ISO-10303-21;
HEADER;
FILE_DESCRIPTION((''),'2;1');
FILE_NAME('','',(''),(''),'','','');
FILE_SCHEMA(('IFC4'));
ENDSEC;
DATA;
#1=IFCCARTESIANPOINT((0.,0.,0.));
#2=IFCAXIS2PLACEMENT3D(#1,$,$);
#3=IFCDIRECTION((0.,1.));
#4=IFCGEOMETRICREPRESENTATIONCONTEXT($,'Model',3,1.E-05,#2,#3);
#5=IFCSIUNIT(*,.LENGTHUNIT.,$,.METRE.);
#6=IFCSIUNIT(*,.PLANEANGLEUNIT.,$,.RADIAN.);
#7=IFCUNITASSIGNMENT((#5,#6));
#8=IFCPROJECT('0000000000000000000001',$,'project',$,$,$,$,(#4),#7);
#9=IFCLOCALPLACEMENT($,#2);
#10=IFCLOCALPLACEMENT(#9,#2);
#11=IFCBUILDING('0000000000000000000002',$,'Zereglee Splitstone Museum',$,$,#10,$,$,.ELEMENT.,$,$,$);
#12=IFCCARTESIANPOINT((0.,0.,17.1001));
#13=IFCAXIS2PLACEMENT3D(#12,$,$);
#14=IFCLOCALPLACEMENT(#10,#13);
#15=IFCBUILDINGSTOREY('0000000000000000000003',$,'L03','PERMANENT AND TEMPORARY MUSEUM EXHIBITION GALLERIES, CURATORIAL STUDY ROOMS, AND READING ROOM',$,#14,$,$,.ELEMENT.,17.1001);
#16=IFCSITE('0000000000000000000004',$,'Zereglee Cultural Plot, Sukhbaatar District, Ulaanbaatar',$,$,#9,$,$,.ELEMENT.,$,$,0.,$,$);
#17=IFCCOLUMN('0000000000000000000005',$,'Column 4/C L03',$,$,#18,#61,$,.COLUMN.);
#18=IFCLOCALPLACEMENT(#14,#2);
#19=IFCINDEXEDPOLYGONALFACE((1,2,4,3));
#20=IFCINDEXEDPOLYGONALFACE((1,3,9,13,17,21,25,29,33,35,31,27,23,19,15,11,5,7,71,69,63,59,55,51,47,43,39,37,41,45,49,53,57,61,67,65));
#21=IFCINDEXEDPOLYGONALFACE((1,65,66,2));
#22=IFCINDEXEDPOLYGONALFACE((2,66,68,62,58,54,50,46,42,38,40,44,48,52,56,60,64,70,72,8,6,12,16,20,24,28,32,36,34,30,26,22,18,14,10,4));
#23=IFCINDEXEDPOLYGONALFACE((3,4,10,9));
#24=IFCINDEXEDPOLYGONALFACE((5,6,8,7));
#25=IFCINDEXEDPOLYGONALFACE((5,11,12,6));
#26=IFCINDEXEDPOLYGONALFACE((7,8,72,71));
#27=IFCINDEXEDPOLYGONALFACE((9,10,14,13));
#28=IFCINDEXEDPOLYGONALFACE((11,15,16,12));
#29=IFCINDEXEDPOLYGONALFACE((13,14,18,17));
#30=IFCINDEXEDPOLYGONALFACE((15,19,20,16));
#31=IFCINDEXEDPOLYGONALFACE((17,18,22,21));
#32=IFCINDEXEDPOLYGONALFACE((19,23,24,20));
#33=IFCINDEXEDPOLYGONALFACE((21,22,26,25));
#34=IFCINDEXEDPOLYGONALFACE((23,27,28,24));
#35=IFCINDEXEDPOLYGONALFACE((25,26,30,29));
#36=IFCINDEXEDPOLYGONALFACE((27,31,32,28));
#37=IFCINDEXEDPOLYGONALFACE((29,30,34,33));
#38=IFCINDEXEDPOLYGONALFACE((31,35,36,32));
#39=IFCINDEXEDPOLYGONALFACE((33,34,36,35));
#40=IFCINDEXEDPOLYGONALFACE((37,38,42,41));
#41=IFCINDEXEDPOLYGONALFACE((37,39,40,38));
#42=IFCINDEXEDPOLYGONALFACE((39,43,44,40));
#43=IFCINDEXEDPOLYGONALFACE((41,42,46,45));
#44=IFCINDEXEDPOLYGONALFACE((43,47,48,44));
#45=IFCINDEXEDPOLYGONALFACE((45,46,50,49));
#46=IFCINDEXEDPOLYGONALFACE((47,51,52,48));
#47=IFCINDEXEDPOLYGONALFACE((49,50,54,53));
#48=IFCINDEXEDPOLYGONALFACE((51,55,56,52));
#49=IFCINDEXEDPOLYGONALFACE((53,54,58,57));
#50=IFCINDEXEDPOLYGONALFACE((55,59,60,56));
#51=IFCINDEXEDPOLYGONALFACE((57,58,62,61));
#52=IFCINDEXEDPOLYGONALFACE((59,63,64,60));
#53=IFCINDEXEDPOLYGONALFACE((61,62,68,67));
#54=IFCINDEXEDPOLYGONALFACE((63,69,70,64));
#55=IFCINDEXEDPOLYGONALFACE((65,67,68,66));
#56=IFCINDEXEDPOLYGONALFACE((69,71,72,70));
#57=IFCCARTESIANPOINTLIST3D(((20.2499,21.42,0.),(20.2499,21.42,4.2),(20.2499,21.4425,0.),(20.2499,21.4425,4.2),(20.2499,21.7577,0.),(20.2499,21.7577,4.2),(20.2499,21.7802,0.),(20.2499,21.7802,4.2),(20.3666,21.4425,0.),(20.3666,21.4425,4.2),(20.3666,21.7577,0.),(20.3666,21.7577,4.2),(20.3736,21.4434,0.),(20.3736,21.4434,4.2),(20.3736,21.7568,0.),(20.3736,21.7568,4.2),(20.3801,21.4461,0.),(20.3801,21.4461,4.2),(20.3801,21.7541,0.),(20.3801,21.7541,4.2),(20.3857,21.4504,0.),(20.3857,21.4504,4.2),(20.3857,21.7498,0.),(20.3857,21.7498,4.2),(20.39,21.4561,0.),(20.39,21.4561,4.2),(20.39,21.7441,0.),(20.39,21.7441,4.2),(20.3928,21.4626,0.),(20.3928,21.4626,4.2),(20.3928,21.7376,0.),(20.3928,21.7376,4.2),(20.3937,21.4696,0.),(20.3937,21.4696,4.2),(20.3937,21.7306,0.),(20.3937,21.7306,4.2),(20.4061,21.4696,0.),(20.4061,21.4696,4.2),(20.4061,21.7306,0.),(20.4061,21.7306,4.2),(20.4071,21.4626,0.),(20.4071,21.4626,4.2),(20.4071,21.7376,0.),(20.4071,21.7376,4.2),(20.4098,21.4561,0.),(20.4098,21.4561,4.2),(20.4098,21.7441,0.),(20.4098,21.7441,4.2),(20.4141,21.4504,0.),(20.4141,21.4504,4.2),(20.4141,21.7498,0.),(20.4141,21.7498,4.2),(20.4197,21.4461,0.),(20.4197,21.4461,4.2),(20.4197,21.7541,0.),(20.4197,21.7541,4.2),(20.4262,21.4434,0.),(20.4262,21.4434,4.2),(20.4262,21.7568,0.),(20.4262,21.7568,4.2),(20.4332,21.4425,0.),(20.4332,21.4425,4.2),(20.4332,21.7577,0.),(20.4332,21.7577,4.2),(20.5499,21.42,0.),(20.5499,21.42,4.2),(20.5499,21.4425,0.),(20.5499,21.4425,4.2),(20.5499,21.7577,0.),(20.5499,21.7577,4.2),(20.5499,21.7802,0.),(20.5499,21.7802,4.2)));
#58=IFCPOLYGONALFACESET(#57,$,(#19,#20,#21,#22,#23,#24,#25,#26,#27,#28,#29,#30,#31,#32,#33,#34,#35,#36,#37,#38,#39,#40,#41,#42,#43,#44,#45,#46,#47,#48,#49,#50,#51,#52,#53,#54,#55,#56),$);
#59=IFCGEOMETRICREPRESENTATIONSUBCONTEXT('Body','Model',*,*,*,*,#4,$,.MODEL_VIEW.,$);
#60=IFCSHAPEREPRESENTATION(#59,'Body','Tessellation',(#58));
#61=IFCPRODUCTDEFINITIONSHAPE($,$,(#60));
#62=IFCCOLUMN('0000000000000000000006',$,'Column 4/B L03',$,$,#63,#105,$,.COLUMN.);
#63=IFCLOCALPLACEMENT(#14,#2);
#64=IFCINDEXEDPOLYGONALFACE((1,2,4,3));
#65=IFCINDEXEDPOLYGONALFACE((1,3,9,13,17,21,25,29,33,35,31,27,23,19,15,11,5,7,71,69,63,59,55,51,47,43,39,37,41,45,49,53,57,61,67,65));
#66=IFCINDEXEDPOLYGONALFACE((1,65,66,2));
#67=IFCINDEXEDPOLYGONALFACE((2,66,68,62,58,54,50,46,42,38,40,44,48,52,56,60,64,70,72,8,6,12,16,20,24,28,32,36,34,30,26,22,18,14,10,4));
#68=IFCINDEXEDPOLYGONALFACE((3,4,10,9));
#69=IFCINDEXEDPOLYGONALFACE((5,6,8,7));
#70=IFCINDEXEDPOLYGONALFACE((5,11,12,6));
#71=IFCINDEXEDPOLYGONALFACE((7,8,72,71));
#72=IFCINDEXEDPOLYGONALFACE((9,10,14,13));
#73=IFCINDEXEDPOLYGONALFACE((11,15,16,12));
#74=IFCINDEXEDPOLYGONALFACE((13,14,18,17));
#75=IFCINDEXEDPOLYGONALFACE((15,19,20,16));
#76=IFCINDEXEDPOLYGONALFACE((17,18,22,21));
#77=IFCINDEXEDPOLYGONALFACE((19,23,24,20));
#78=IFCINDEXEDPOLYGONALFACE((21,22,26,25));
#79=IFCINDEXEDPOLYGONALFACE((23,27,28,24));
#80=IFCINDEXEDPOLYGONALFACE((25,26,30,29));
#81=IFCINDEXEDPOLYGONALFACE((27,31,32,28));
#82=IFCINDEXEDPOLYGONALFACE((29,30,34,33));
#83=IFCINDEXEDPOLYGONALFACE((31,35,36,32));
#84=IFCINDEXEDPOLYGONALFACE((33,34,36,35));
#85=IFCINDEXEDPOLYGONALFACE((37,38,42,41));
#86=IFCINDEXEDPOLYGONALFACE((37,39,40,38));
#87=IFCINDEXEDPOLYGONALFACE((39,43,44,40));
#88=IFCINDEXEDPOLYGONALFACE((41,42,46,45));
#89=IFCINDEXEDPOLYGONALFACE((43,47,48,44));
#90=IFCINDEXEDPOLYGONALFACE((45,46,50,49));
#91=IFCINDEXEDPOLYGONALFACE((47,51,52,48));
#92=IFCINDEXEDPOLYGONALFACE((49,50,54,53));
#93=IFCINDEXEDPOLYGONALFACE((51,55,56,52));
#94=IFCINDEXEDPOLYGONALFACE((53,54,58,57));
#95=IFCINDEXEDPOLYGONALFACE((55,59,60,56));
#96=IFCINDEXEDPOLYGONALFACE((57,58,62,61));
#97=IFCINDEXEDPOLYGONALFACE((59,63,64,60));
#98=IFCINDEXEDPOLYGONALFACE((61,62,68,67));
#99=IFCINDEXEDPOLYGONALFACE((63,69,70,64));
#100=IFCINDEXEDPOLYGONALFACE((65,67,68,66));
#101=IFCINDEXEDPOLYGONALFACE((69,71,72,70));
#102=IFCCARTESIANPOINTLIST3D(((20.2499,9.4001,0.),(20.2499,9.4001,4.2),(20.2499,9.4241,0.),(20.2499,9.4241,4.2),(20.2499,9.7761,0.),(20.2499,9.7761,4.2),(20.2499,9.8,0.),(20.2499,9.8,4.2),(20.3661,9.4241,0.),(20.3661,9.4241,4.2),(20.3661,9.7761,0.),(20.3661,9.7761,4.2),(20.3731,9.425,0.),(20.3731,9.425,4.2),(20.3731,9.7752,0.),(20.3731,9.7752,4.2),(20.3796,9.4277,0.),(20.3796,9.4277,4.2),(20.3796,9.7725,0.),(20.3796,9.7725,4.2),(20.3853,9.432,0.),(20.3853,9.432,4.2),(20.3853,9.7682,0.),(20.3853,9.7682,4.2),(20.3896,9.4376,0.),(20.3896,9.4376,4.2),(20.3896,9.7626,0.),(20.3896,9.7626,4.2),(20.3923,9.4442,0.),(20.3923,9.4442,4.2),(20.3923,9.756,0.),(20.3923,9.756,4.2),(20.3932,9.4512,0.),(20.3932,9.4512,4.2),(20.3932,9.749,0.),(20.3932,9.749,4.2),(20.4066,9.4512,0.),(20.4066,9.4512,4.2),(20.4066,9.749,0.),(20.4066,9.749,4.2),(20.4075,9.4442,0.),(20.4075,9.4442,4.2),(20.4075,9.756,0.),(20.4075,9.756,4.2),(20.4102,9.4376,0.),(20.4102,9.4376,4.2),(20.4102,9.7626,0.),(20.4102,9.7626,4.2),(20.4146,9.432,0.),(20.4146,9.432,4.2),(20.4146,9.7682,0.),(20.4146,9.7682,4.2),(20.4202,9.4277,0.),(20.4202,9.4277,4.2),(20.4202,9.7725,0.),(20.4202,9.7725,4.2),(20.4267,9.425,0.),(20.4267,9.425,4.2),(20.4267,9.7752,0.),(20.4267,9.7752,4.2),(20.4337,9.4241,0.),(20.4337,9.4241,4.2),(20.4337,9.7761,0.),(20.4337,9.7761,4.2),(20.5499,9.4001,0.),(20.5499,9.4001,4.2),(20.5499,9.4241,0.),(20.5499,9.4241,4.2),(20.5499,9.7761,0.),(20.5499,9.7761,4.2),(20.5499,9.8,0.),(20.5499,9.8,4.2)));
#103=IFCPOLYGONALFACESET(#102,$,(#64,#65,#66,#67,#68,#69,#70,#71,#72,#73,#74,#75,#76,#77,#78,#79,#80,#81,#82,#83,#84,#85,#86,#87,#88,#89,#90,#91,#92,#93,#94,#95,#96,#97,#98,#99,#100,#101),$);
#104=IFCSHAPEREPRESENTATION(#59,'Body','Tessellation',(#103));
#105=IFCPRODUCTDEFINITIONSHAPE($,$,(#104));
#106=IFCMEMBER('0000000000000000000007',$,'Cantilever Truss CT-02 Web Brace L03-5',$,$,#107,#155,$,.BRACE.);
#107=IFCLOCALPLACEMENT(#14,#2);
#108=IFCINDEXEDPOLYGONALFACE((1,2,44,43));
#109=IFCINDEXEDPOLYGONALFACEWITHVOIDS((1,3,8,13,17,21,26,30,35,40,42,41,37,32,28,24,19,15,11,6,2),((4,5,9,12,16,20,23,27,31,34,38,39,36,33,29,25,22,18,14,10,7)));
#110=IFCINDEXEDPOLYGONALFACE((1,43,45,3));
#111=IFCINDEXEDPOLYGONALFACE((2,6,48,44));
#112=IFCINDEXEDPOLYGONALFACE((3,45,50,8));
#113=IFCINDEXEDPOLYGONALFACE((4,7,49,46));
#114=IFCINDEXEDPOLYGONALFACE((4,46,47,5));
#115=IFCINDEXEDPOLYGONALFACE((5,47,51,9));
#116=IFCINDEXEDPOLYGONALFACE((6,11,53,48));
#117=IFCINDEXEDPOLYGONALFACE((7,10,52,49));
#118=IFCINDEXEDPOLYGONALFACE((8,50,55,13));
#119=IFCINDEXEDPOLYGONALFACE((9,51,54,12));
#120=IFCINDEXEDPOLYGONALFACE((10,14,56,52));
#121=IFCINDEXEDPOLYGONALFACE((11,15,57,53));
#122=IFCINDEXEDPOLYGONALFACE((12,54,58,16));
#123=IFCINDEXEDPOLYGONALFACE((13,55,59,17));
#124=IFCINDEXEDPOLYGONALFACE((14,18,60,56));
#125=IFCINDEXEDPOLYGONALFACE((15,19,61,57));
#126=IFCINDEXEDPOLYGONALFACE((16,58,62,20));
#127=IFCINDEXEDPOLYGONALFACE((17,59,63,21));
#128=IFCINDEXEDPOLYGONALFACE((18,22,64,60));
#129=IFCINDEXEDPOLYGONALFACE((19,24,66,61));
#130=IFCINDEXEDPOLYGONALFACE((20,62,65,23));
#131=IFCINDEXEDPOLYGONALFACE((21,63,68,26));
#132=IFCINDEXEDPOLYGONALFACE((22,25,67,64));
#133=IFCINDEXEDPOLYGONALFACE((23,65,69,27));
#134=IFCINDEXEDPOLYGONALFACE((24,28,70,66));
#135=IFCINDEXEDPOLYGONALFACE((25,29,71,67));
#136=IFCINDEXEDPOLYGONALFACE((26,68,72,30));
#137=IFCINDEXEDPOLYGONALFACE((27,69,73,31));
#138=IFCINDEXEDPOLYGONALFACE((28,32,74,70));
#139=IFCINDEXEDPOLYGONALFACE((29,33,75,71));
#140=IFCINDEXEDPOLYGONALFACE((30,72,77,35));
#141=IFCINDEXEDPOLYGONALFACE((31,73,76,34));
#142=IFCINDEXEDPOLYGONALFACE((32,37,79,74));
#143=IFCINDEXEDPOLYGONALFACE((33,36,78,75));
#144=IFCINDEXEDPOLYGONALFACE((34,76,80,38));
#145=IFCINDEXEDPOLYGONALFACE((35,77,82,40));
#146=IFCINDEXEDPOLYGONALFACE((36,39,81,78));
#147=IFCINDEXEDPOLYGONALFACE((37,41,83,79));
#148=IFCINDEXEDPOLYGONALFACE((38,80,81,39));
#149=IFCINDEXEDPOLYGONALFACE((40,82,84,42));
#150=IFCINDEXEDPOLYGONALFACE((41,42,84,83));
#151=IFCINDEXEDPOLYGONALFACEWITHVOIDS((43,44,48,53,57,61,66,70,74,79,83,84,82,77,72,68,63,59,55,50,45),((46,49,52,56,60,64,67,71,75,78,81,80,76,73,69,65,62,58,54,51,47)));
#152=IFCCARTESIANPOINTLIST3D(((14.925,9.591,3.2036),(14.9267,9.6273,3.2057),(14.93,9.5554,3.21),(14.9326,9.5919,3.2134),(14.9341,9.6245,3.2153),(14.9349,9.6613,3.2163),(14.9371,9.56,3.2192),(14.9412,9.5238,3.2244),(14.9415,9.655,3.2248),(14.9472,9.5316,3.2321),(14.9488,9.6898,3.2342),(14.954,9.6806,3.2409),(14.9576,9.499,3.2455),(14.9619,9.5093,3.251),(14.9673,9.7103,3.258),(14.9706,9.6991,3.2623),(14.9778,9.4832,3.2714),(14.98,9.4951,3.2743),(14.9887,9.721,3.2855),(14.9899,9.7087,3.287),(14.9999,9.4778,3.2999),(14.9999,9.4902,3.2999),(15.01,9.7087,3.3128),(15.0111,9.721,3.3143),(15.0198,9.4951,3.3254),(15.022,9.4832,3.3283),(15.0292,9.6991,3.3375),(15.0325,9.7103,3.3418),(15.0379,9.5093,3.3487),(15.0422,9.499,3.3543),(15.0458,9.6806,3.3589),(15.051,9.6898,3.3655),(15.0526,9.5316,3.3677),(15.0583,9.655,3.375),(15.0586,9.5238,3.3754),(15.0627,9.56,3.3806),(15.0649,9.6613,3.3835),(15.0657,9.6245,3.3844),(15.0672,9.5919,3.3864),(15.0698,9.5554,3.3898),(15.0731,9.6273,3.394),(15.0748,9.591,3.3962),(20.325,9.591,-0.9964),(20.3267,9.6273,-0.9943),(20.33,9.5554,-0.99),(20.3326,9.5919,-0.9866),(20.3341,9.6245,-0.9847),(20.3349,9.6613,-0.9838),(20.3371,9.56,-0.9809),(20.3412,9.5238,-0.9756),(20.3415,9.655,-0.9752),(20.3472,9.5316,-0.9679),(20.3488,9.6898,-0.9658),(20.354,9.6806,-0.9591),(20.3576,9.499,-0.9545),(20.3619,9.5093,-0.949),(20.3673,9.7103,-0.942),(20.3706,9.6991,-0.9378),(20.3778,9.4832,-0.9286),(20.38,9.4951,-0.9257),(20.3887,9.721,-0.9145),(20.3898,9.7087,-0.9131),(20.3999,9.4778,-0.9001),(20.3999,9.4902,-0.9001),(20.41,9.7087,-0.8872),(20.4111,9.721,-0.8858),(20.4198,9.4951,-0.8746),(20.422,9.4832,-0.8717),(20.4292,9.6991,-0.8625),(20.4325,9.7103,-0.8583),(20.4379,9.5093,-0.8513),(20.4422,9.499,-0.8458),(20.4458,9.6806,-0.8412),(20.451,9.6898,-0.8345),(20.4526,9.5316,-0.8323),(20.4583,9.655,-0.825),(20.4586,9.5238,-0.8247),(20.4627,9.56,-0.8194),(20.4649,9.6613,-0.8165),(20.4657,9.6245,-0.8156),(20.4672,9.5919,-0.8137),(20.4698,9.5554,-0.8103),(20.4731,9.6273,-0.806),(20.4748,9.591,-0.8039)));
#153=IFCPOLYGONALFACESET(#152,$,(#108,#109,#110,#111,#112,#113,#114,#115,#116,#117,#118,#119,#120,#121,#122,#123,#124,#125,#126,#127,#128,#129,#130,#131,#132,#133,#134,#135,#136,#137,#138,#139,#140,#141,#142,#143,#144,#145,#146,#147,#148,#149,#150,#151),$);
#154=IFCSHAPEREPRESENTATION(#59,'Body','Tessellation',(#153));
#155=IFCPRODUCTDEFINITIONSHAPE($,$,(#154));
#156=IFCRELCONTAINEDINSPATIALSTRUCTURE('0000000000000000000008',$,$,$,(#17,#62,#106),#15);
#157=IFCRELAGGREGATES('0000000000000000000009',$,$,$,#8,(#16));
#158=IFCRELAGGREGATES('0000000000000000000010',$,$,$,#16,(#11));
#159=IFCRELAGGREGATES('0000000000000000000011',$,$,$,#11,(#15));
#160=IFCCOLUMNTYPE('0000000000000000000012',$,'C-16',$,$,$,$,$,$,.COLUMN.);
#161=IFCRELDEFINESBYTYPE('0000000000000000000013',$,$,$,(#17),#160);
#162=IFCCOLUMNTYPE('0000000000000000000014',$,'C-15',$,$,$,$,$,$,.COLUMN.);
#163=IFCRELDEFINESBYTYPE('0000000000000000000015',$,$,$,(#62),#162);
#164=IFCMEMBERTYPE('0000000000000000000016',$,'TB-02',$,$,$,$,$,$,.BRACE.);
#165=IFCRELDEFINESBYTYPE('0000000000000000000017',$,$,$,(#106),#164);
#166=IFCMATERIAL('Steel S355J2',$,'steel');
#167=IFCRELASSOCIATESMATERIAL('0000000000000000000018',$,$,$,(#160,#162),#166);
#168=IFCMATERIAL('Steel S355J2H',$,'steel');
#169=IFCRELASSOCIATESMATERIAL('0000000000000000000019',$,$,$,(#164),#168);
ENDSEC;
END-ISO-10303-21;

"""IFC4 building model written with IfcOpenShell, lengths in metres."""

from ifc_helpers import new_model, si_unit, direction, frame, origin, origin_2d, place, context, subcontext, project, spatial, hollow_circle, i_section, extrude, material, material_profile, profile_set, type_object, element, save


model = new_model("IFC4")

# Units and contexts
model_context = context("Model", 3, precision=1e-05, world=origin(), true_north=direction((0.0, 1.0)))
body_context = subcontext(model_context, "Body", "Model", "MODEL_VIEW")
ifc_project = project(units=[si_unit("LENGTHUNIT", "METRE"), si_unit("PLANEANGLEUNIT", "RADIAN")], contexts=[model_context])

# Site, building, storey
site_placement = place(None, origin())
site = spatial("IfcSite", under=ifc_project, at=site_placement, Name="Zereglee Cultural Plot, Sukhbaatar District, Ulaanbaatar", CompositionType="ELEMENT", RefElevation=0.0)
building_placement = place(site_placement, origin())
building = spatial("IfcBuilding", under=site, at=building_placement, Name="Zereglee Splitstone Museum", CompositionType="ELEMENT")
storey_placement = place(building_placement, frame((0.0, 0.0, 17.1001)))
storey = spatial("IfcBuildingStorey", under=building, at=storey_placement, Name="L03", Description="PERMANENT AND TEMPORARY MUSEUM EXHIBITION GALLERIES, CURATORIAL STUDY ROOMS, AND READING ROOM", CompositionType="ELEMENT", Elevation=17.1001)

# Columns
ifc_material_1 = material(Name="Steel S355J2", Category="steel")
ifc_material_profile_1 = material_profile(ifc_material_1, i_section(OverallWidth=0.3, OverallDepth=0.3601, WebThickness=0.0125, FlangeThickness=0.0225, FilletRadius=0.0271, at=origin_2d()), Name="HE 360 B")
ifc_profile_set_1 = profile_set([ifc_material_profile_1], Name="Steel S355J2")
column_type_1 = type_object("IfcColumnType", Name="C-16", PredefinedType="COLUMN", material=ifc_profile_set_1)
column_1_placement = place(storey_placement, frame((20.3999, 21.6001, 0.0), z_axis=(0.0, 0.0, 1.0), x_axis=(1.0, 0.0, 0.0)))
element("IfcColumn", 1, at=column_1_placement, inside=storey, type_object=column_type_1, Name="Column 4/C L03", PredefinedType="COLUMN", context=body_context, shape_type="SweptSolid", body=[
    extrude(i_section(OverallWidth=0.3, OverallDepth=0.3601, WebThickness=0.0125, FlangeThickness=0.0225, FilletRadius=0.0271, at=origin_2d()), origin(), (0.0, 0.0, 1.0), 4.2),
])
ifc_material_profile_2 = material_profile(ifc_material_1, i_section(OverallWidth=0.3, OverallDepth=0.3999, WebThickness=0.0134, FlangeThickness=0.0239, FilletRadius=0.0271, at=origin_2d()), Name="HE 400 B")
ifc_profile_set_2 = profile_set([ifc_material_profile_2], Name="Steel S355J2")
column_type_2 = type_object("IfcColumnType", Name="C-15", PredefinedType="COLUMN", material=ifc_profile_set_2)
column_2_placement = place(storey_placement, frame((20.3999, 9.6001, 0.0), z_axis=(0.0, 0.0, 1.0), x_axis=(1.0, 0.0, 0.0)))
element("IfcColumn", 2, at=column_2_placement, inside=storey, type_object=column_type_2, Name="Column 4/B L03", PredefinedType="COLUMN", context=body_context, shape_type="SweptSolid", body=[
    extrude(i_section(OverallWidth=0.3, OverallDepth=0.3999, WebThickness=0.0134, FlangeThickness=0.0239, FilletRadius=0.0271, at=origin_2d()), origin(), (0.0, 0.0, 1.0), 4.2),
])

# Member
ifc_material_2 = material(Name="Steel S355J2H", Category="steel")
ifc_material_profile_3 = material_profile(ifc_material_2, hollow_circle(Radius=0.1223, WallThickness=0.0125, at=origin_2d()), Name="CHS 244.5x12.5")
ifc_profile_set_3 = profile_set([ifc_material_profile_3], Name="Steel S355J2H")
member_type_1 = type_object("IfcMemberType", Name="TB-02", PredefinedType="BRACE", material=ifc_profile_set_3)
member_placement = place(storey_placement, frame((20.3999, 9.6001, -0.9001), z_axis=(-0.78935, 0.0, 0.613943), x_axis=(0.0, -1.0, 0.0)))
element("IfcMember", 3, at=member_placement, inside=storey, type_object=member_type_1, Name="Cantilever Truss CT-02 Web Brace L03-5", PredefinedType="BRACE", context=body_context, shape_type="SweptSolid", body=[
    extrude(hollow_circle(Radius=0.1223, WallThickness=0.0125, at=origin_2d()), origin(), (0.0, 0.0, 1.0), 6.8411),
])

save(model, "model.ifc")
